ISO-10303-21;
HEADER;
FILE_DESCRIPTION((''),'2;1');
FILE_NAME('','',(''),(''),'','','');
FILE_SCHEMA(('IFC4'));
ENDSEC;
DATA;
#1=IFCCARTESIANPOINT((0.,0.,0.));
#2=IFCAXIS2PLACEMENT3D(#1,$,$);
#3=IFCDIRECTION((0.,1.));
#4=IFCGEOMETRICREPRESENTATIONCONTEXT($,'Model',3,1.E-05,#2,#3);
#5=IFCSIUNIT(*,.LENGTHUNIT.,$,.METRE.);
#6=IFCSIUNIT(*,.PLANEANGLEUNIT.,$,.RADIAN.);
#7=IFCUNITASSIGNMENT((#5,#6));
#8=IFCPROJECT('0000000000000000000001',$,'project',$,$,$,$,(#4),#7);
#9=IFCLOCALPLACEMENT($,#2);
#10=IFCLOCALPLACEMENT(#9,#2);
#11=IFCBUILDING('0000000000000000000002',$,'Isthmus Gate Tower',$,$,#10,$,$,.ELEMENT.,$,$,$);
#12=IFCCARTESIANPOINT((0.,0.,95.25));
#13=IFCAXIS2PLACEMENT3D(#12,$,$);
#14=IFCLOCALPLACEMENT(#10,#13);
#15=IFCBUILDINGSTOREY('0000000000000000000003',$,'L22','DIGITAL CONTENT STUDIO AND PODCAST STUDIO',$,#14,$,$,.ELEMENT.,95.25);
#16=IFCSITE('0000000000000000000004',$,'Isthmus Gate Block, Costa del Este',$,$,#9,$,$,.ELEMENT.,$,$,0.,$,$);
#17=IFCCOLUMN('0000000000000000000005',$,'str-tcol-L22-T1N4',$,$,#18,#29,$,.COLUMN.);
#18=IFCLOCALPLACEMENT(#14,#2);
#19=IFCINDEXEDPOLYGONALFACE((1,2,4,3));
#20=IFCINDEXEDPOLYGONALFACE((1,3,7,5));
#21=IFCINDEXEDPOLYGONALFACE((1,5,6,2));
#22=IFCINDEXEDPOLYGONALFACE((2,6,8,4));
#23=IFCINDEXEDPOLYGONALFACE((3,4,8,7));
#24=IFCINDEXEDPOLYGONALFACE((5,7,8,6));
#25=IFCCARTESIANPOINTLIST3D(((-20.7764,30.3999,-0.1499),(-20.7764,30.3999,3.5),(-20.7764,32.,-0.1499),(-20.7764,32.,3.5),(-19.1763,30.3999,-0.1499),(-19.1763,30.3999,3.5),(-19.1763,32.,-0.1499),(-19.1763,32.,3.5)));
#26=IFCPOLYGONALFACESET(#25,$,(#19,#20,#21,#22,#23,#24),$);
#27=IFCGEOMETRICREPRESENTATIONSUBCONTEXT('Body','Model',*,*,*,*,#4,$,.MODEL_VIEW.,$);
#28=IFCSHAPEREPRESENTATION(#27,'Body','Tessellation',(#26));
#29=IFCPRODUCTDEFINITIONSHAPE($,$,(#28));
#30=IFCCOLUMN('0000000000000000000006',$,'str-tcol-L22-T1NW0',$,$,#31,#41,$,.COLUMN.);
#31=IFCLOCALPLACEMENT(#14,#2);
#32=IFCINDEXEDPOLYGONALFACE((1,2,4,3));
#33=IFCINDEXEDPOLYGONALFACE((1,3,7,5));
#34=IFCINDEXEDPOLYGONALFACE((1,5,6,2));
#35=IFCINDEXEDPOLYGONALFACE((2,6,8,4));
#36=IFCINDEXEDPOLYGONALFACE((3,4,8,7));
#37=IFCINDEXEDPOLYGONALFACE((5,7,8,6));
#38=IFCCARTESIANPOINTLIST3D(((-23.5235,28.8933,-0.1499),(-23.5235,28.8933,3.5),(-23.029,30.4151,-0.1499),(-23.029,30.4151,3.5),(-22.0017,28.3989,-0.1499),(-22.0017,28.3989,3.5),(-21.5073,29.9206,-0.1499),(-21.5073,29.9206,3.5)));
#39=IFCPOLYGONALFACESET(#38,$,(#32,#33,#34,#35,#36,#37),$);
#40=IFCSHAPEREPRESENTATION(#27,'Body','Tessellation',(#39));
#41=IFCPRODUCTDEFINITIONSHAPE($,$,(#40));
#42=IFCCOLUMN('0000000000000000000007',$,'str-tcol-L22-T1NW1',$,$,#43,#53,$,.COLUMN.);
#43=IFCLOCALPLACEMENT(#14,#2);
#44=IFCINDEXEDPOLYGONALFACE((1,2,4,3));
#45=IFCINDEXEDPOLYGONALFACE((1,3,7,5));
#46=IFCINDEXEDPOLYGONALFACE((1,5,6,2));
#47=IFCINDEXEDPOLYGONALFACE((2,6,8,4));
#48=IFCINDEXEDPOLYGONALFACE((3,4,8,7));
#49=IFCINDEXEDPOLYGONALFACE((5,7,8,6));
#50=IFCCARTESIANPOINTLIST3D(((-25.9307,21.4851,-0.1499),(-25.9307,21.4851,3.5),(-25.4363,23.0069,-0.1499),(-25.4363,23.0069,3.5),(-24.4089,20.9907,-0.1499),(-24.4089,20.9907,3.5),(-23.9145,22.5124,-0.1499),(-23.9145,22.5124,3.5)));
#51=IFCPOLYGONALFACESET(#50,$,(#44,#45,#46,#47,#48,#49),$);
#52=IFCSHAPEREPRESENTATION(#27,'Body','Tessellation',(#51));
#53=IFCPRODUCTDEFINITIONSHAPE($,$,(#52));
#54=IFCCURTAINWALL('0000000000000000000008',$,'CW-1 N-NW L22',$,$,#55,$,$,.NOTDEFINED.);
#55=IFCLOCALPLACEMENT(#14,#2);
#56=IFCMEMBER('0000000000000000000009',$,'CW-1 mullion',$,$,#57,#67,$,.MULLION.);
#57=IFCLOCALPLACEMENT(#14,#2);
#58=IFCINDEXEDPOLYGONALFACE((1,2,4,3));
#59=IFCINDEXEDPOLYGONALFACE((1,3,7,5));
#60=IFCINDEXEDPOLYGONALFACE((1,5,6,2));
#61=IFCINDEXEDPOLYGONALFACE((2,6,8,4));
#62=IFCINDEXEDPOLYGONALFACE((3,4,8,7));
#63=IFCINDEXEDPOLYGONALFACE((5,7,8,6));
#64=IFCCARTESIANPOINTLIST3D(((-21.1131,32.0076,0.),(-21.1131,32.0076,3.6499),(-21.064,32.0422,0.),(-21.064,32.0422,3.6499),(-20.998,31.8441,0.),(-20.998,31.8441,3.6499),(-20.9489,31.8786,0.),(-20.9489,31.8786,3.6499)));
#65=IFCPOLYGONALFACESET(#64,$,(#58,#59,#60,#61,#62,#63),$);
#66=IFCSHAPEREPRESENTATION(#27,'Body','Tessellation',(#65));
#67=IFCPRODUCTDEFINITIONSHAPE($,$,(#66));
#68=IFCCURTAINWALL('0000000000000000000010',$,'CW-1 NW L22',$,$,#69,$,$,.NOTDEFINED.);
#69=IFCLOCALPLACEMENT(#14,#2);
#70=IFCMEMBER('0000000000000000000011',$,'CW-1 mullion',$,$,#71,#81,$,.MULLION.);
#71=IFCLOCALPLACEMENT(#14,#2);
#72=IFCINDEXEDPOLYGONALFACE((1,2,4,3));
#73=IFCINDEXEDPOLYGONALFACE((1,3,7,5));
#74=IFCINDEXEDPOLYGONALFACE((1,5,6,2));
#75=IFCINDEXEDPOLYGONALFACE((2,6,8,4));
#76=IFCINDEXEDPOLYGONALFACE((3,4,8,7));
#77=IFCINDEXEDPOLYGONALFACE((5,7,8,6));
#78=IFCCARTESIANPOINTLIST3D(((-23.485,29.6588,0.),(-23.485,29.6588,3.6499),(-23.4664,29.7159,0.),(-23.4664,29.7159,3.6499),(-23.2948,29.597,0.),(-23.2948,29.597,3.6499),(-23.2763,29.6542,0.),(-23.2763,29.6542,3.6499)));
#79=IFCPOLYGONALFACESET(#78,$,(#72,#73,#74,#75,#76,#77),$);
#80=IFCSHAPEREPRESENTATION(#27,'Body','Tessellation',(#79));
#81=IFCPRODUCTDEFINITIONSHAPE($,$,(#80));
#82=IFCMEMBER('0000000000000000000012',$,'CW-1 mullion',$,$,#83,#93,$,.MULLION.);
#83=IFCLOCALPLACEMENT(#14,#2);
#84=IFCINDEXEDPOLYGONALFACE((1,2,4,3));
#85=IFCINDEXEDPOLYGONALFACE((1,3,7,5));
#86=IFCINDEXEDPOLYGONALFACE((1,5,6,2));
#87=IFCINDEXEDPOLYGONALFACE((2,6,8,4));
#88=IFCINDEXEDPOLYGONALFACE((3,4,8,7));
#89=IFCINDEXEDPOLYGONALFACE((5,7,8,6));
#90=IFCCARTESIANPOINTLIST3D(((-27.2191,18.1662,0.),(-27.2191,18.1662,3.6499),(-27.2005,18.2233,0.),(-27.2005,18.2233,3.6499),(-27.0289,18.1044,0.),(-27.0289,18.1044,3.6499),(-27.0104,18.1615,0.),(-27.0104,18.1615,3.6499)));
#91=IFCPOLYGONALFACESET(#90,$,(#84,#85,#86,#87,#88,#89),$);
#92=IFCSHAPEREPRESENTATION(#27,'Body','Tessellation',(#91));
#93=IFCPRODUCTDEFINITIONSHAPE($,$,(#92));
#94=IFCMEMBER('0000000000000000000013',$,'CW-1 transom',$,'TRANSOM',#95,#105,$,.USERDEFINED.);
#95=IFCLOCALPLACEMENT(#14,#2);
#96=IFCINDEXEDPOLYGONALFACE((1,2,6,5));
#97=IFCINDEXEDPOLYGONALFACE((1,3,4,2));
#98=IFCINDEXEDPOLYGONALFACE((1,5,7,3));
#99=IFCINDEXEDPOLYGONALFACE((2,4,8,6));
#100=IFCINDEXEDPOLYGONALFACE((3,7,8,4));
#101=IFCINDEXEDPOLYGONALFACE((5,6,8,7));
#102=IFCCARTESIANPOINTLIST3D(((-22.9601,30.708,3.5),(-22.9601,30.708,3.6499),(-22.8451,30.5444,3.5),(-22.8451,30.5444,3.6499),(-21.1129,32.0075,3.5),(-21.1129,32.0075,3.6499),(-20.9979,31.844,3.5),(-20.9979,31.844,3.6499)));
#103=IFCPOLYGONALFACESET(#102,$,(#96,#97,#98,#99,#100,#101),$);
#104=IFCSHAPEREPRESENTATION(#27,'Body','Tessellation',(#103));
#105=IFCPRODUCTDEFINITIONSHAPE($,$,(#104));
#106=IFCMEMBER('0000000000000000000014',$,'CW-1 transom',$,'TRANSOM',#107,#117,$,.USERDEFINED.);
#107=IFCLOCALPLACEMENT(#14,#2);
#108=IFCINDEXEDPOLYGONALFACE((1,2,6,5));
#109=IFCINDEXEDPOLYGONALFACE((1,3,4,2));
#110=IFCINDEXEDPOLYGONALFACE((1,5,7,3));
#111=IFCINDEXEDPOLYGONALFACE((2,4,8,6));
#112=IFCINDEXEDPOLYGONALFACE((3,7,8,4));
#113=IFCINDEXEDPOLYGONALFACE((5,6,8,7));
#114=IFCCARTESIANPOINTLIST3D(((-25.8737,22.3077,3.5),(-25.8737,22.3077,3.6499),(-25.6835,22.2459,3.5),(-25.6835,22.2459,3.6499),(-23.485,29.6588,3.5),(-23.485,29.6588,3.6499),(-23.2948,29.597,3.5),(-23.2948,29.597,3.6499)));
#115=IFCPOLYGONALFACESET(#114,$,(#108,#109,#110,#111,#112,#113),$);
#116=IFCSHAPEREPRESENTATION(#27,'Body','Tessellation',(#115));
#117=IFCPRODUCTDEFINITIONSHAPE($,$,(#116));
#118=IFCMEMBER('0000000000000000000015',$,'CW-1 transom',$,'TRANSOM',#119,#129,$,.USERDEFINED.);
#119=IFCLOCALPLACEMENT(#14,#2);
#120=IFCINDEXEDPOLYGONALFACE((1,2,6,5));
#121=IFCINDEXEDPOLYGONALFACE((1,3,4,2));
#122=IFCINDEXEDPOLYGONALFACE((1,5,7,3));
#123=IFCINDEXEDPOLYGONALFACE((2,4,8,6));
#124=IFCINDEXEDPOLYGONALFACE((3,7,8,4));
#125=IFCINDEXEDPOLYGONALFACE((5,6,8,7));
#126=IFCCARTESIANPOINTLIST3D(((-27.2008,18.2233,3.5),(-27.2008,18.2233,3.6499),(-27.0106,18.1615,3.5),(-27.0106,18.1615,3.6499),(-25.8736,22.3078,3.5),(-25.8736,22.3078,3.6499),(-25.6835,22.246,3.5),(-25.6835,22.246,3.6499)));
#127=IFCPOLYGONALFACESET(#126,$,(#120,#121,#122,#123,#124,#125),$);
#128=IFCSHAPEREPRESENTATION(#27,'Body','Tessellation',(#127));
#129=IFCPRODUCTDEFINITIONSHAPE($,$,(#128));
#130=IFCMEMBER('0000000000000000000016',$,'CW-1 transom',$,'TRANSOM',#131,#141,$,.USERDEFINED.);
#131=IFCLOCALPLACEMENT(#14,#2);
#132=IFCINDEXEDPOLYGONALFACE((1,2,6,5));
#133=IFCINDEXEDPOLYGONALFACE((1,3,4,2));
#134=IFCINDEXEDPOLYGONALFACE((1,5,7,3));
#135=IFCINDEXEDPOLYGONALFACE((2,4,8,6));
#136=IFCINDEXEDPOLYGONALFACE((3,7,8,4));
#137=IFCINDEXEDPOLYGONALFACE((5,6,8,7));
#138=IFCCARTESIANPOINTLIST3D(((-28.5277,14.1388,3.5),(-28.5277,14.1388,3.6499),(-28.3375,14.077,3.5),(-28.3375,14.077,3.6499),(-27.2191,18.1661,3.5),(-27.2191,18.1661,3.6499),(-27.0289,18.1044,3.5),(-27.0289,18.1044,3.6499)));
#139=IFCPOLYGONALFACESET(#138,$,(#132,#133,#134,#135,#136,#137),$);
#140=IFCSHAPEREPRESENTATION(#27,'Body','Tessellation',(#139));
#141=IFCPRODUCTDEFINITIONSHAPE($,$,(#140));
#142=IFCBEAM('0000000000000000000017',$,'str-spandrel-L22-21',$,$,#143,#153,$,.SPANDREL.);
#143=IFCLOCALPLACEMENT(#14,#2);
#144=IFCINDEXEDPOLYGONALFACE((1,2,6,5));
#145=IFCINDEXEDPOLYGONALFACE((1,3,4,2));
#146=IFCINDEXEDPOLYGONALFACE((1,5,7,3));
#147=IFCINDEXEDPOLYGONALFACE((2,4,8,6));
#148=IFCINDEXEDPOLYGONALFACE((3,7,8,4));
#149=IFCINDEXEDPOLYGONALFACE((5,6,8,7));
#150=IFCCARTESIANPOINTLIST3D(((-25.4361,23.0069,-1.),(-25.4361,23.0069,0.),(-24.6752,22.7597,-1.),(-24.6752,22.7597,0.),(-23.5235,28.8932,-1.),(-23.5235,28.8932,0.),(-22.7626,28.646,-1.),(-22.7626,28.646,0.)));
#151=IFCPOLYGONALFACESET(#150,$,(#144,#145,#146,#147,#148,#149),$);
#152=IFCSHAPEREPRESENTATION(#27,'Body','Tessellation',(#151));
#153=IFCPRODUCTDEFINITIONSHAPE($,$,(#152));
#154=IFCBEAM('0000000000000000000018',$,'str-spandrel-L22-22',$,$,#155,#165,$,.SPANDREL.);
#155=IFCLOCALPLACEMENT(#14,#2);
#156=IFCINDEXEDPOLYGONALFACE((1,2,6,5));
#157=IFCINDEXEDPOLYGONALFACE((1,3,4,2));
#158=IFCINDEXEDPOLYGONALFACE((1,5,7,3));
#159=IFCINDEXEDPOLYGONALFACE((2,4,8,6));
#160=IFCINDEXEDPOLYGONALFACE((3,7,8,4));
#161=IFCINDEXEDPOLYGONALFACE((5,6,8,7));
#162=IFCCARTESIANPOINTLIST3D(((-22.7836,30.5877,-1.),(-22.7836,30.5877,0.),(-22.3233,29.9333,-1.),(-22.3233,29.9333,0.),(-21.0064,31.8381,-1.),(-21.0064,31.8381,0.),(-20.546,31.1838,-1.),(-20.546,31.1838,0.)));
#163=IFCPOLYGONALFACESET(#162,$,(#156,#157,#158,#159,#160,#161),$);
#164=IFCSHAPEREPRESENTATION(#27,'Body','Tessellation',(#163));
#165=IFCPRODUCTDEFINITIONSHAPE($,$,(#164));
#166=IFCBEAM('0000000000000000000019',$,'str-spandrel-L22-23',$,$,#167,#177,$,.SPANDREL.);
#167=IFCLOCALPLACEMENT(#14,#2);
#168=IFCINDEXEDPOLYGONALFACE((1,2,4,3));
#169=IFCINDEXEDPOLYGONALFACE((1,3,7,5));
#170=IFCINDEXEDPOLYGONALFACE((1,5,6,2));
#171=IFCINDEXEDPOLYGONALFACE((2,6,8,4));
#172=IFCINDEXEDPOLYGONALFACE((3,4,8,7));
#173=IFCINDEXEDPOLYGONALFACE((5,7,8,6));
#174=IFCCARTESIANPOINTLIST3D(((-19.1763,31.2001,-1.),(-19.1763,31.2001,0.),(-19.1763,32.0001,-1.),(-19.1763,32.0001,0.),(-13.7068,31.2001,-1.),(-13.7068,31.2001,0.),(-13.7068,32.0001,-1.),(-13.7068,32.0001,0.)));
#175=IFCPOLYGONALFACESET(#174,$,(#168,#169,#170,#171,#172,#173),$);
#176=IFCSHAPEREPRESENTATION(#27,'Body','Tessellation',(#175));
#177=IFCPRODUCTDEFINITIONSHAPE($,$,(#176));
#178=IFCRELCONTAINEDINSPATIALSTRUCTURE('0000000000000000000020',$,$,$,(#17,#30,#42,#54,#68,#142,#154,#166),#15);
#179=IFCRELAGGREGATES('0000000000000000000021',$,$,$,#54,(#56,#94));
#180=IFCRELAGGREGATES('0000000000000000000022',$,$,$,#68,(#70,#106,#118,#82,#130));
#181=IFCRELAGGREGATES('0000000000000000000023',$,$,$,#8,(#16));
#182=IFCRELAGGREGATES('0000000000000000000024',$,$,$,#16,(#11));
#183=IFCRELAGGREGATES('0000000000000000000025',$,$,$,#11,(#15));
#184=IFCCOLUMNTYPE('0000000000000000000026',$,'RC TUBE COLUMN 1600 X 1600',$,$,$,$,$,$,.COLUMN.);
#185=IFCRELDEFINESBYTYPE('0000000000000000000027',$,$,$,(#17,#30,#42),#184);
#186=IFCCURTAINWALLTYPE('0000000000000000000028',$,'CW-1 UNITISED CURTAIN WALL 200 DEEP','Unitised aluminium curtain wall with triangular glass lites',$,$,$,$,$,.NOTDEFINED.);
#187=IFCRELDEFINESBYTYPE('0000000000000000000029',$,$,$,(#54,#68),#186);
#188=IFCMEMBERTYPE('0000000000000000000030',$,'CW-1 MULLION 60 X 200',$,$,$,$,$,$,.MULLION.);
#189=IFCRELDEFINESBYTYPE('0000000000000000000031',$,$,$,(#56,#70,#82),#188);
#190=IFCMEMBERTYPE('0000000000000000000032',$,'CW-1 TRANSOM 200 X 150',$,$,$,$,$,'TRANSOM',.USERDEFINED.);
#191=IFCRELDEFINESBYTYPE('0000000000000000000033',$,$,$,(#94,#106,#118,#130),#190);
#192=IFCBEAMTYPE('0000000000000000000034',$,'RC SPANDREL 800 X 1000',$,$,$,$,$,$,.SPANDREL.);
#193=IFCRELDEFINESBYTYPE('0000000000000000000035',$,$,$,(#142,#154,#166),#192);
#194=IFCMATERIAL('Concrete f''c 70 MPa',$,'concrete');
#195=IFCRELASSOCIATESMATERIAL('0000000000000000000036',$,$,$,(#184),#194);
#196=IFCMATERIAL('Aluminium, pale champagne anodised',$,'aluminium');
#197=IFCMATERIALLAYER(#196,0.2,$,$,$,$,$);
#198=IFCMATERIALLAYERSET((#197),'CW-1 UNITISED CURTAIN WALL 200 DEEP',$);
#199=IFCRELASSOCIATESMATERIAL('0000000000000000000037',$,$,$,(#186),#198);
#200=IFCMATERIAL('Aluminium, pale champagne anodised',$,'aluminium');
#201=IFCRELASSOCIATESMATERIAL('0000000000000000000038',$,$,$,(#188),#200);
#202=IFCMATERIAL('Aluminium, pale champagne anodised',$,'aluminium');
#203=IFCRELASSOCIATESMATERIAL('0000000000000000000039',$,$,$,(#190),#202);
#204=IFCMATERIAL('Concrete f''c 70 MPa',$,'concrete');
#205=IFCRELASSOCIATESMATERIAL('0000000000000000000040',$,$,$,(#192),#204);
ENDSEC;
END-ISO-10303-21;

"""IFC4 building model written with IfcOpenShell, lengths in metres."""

from ifc_helpers import new_model, si_unit, direction, frame, origin, origin_2d, place, context, subcontext, project, spatial, rectangle, extrude, material, layer, layer_set, material_profile, profile_set, type_object, element, aggregate, save


model = new_model("IFC4")

# Units and contexts
model_context = context("Model", 3, precision=1e-05, world=origin(), true_north=direction((0.0, 1.0)))
body_context = subcontext(model_context, "Body", "Model", "MODEL_VIEW")
ifc_project = project(units=[si_unit("LENGTHUNIT", "METRE"), si_unit("PLANEANGLEUNIT", "RADIAN")], contexts=[model_context])

# Site, building, storey
site_placement = place(None, origin())
site = spatial("IfcSite", under=ifc_project, at=site_placement, Name="Isthmus Gate Block, Costa del Este", CompositionType="ELEMENT", RefElevation=0.0)
building_placement = place(site_placement, origin())
building = spatial("IfcBuilding", under=site, at=building_placement, Name="Isthmus Gate Tower", CompositionType="ELEMENT")
storey_placement = place(building_placement, frame((0.0, 0.0, 95.25)))
storey = spatial("IfcBuildingStorey", under=building, at=storey_placement, Name="L22", Description="DIGITAL CONTENT STUDIO AND PODCAST STUDIO", CompositionType="ELEMENT", Elevation=95.25)

# Columns
ifc_material_1 = material(Name="Concrete f'c 70 MPa", Category="concrete")
ifc_material_profile_1 = material_profile(ifc_material_1, rectangle(XDim=1.6001, YDim=1.6001, at=origin_2d()), Name="RC 1600X1600")
ifc_profile_set_1 = profile_set([ifc_material_profile_1], Name="Concrete f'c 70 MPa")
column_type = type_object("IfcColumnType", Name="RC TUBE COLUMN 1600 X 1600", PredefinedType="COLUMN", material=ifc_profile_set_1)
for number, where, z_axis, x_axis, name in (
    (1, (-19.9763, 31.2, -0.1499), (0.0, 0.0, 1.0), (-1.0, 0.0, 0.0), "str-tcol-L22-T1N4"),
    (2, (-22.5154, 29.407, -0.1499), (0.0, 0.0, 1.0), (-0.309017, -0.951057, 0.0), "str-tcol-L22-T1NW0"),
    (3, (-24.9226, 21.9988, -0.1499), (0.0, 0.0, 1.0), (-0.309017, -0.951057, 0.0), "str-tcol-L22-T1NW1"),
):
    element("IfcColumn", number, at=place(storey_placement, frame(where, z_axis=z_axis, x_axis=x_axis)), inside=storey, type_object=column_type, Name=name, PredefinedType="COLUMN", context=body_context, shape_type="SweptSolid", body=[
        extrude(rectangle(XDim=1.6001, YDim=1.6001, at=origin_2d()), origin(), (0.0, 0.0, 1.0), 3.6499),
    ])

# Curtain wall, member
ifc_material_2 = material(Name="Aluminium, pale champagne anodised", Category="aluminium")
ifc_layer_1 = layer(ifc_material_2, 0.2)
ifc_layer_set_1 = layer_set([ifc_layer_1], Name="CW-1 UNITISED CURTAIN WALL 200 DEEP")
curtain_wall_type = type_object("IfcCurtainWallType", Name="CW-1 UNITISED CURTAIN WALL 200 DEEP", Description="Unitised aluminium curtain wall with triangular glass lites", PredefinedType="NOTDEFINED", material=ifc_layer_set_1)
curtain_wall_1_placement = place(storey_placement, origin())
curtain_wall_1 = element("IfcCurtainWall", 4, at=curtain_wall_1_placement, inside=storey, type_object=curtain_wall_type, Name="CW-1 N-NW L22", PredefinedType="NOTDEFINED")
ifc_material_3 = material(Name="Aluminium, pale champagne anodised", Category="aluminium")
ifc_material_profile_2 = material_profile(ifc_material_3, rectangle(XDim=0.0601, YDim=0.2, at=origin_2d()), Name="60x200")
ifc_profile_set_2 = profile_set([ifc_material_profile_2], Name="Aluminium, pale champagne anodised")
member_type_1 = type_object("IfcMemberType", Name="CW-1 MULLION 60 X 200", PredefinedType="MULLION", material=ifc_profile_set_2)
member_1_placement = place(storey_placement, frame((-21.031, 31.9431, 0.0), z_axis=(0.0, 0.0, 1.0), x_axis=(-0.81786, -0.575418, 0.0)))
member_1 = element("IfcMember", 5, at=member_1_placement, type_object=member_type_1, Name="CW-1 mullion", PredefinedType="MULLION", context=body_context, shape_type="SweptSolid", body=[
    extrude(rectangle(XDim=0.0601, YDim=0.2, at=origin_2d()), origin(), (0.0, 0.0, 1.0), 3.6499),
])

# Curtain wall, members
curtain_wall_2_placement = place(storey_placement, origin())
curtain_wall_2 = element("IfcCurtainWall", 6, at=curtain_wall_2_placement, inside=storey, type_object=curtain_wall_type, Name="CW-1 NW L22", PredefinedType="NOTDEFINED")
member_2_placement = place(storey_placement, frame((-23.3806, 29.6565, 0.0), z_axis=(0.0, 0.0, 1.0), x_axis=(-0.309017, -0.951057, 0.0)))
member_2 = element("IfcMember", 7, at=member_2_placement, type_object=member_type_1, Name="CW-1 mullion", PredefinedType="MULLION", context=body_context, shape_type="SweptSolid", body=[
    extrude(rectangle(XDim=0.0601, YDim=0.2, at=origin_2d()), origin(), (0.0, 0.0, 1.0), 3.6499),
])
member_3_placement = place(storey_placement, frame((-27.1147, 18.1638, 0.0), z_axis=(0.0, 0.0, 1.0), x_axis=(-0.309017, -0.951057, 0.0)))
member_3 = element("IfcMember", 8, at=member_3_placement, type_object=member_type_1, Name="CW-1 mullion", PredefinedType="MULLION", context=body_context, shape_type="SweptSolid", body=[
    extrude(rectangle(XDim=0.0601, YDim=0.2, at=origin_2d()), origin(), (0.0, 0.0, 1.0), 3.6499),
])

# Members
ifc_material_4 = material(Name="Aluminium, pale champagne anodised", Category="aluminium")
ifc_material_profile_3 = material_profile(ifc_material_4, rectangle(XDim=0.2, YDim=0.1499, at=origin_2d()), Name="200x150")
ifc_profile_set_3 = profile_set([ifc_material_profile_3], Name="Aluminium, pale champagne anodised")
member_type_2 = type_object("IfcMemberType", Name="CW-1 TRANSOM 200 X 150", ElementType="TRANSOM", PredefinedType="USERDEFINED", material=ifc_profile_set_3)
member_4_placement = place(storey_placement, frame((-21.0554, 31.9258, 3.575), z_axis=(-0.817869, -0.575405, 0.0), x_axis=(0.575405, -0.817869, 0.0)))
member_4 = element("IfcMember", 9, at=member_4_placement, type_object=member_type_2, Name="CW-1 transom", ObjectType="TRANSOM", PredefinedType="USERDEFINED", context=body_context, shape_type="SweptSolid", body=[
    extrude(rectangle(XDim=0.2, YDim=0.1499, at=origin_2d()), origin(), (0.0, 0.0, 1.0), 2.2585),
])
member_5_placement = place(storey_placement, frame((-23.3899, 29.6279, 3.575), z_axis=(-0.309036, -0.95105, 0.0), x_axis=(0.95105, -0.309036, 0.0)))
member_5 = element("IfcMember", 10, at=member_5_placement, type_object=member_type_2, Name="CW-1 transom", ObjectType="TRANSOM", PredefinedType="USERDEFINED", context=body_context, shape_type="SweptSolid", body=[
    extrude(rectangle(XDim=0.2, YDim=0.1499, at=origin_2d()), origin(), (0.0, 0.0, 1.0), 7.7295),
])
member_6_placement = place(storey_placement, frame((-25.7786, 22.2769, 3.575), z_axis=(-0.309022, -0.951055, 0.0), x_axis=(0.951055, -0.309022, 0.0)))
member_6 = element("IfcMember", 11, at=member_6_placement, type_object=member_type_2, Name="CW-1 transom", ObjectType="TRANSOM", PredefinedType="USERDEFINED", context=body_context, shape_type="SweptSolid", body=[
    extrude(rectangle(XDim=0.2, YDim=0.1499, at=origin_2d()), origin(), (0.0, 0.0, 1.0), 4.2947),
])
member_7_placement = place(storey_placement, frame((-27.124, 18.1353, 3.575), z_axis=(-0.309023, -0.951054, 0.0), x_axis=(0.951054, -0.309023, 0.0)))
member_7 = element("IfcMember", 12, at=member_7_placement, type_object=member_type_2, Name="CW-1 transom", ObjectType="TRANSOM", PredefinedType="USERDEFINED", context=body_context, shape_type="SweptSolid", body=[
    extrude(rectangle(XDim=0.2, YDim=0.1499, at=origin_2d()), origin(), (0.0, 0.0, 1.0), 4.2346),
])

# Beams
ifc_material_5 = material(Name="Concrete f'c 70 MPa", Category="concrete")
ifc_material_profile_4 = material_profile(ifc_material_5, rectangle(XDim=0.8, YDim=1.0, at=origin_2d()), Name="RC 800X1000")
ifc_profile_set_4 = profile_set([ifc_material_profile_4], Name="Concrete f'c 70 MPa")
beam_type_1 = type_object("IfcBeamType", Name="RC SPANDREL 800 X 1000", PredefinedType="SPANDREL", material=ifc_profile_set_4)
beam_1_placement = place(storey_placement, frame((-25.0557, 22.8833, -0.5), z_axis=(0.309024, 0.951054, 0.0), x_axis=(-0.951054, 0.309024, 0.0)))
element("IfcBeam", 13, at=beam_1_placement, inside=storey, type_object=beam_type_1, Name="str-spandrel-L22-21", PredefinedType="SPANDREL", context=body_context, shape_type="SweptSolid", body=[
    extrude(rectangle(XDim=0.8, YDim=1.0, at=origin_2d()), origin(), (0.0, 0.0, 1.0), 6.1892),
])
beam_2_placement = place(storey_placement, frame((-22.5535, 30.2605, -0.5), z_axis=(0.817857, 0.575421, 0.0), x_axis=(-0.575421, 0.817857, 0.0)))
element("IfcBeam", 14, at=beam_2_placement, inside=storey, type_object=beam_type_1, Name="str-spandrel-L22-22", PredefinedType="SPANDREL", context=body_context, shape_type="SweptSolid", body=[
    extrude(rectangle(XDim=0.8, YDim=1.0, at=origin_2d()), origin(), (0.0, 0.0, 1.0), 2.1731),
])
beam_3_placement = place(storey_placement, frame((-19.1763, 31.6001, -0.5), z_axis=(1.0, 0.0, 0.0), x_axis=(0.0, 1.0, 0.0)))
element("IfcBeam", 15, at=beam_3_placement, inside=storey, type_object=beam_type_1, Name="str-spandrel-L22-23", PredefinedType="SPANDREL", context=body_context, shape_type="SweptSolid", body=[
    extrude(rectangle(XDim=0.8, YDim=1.0, at=origin_2d()), origin(), (0.0, 0.0, 1.0), 5.4695),
])

aggregate(curtain_wall_1, [member_1, member_4])

aggregate(curtain_wall_2, [member_2, member_5, member_6, member_3, member_7])

save(model, "model.ifc")
